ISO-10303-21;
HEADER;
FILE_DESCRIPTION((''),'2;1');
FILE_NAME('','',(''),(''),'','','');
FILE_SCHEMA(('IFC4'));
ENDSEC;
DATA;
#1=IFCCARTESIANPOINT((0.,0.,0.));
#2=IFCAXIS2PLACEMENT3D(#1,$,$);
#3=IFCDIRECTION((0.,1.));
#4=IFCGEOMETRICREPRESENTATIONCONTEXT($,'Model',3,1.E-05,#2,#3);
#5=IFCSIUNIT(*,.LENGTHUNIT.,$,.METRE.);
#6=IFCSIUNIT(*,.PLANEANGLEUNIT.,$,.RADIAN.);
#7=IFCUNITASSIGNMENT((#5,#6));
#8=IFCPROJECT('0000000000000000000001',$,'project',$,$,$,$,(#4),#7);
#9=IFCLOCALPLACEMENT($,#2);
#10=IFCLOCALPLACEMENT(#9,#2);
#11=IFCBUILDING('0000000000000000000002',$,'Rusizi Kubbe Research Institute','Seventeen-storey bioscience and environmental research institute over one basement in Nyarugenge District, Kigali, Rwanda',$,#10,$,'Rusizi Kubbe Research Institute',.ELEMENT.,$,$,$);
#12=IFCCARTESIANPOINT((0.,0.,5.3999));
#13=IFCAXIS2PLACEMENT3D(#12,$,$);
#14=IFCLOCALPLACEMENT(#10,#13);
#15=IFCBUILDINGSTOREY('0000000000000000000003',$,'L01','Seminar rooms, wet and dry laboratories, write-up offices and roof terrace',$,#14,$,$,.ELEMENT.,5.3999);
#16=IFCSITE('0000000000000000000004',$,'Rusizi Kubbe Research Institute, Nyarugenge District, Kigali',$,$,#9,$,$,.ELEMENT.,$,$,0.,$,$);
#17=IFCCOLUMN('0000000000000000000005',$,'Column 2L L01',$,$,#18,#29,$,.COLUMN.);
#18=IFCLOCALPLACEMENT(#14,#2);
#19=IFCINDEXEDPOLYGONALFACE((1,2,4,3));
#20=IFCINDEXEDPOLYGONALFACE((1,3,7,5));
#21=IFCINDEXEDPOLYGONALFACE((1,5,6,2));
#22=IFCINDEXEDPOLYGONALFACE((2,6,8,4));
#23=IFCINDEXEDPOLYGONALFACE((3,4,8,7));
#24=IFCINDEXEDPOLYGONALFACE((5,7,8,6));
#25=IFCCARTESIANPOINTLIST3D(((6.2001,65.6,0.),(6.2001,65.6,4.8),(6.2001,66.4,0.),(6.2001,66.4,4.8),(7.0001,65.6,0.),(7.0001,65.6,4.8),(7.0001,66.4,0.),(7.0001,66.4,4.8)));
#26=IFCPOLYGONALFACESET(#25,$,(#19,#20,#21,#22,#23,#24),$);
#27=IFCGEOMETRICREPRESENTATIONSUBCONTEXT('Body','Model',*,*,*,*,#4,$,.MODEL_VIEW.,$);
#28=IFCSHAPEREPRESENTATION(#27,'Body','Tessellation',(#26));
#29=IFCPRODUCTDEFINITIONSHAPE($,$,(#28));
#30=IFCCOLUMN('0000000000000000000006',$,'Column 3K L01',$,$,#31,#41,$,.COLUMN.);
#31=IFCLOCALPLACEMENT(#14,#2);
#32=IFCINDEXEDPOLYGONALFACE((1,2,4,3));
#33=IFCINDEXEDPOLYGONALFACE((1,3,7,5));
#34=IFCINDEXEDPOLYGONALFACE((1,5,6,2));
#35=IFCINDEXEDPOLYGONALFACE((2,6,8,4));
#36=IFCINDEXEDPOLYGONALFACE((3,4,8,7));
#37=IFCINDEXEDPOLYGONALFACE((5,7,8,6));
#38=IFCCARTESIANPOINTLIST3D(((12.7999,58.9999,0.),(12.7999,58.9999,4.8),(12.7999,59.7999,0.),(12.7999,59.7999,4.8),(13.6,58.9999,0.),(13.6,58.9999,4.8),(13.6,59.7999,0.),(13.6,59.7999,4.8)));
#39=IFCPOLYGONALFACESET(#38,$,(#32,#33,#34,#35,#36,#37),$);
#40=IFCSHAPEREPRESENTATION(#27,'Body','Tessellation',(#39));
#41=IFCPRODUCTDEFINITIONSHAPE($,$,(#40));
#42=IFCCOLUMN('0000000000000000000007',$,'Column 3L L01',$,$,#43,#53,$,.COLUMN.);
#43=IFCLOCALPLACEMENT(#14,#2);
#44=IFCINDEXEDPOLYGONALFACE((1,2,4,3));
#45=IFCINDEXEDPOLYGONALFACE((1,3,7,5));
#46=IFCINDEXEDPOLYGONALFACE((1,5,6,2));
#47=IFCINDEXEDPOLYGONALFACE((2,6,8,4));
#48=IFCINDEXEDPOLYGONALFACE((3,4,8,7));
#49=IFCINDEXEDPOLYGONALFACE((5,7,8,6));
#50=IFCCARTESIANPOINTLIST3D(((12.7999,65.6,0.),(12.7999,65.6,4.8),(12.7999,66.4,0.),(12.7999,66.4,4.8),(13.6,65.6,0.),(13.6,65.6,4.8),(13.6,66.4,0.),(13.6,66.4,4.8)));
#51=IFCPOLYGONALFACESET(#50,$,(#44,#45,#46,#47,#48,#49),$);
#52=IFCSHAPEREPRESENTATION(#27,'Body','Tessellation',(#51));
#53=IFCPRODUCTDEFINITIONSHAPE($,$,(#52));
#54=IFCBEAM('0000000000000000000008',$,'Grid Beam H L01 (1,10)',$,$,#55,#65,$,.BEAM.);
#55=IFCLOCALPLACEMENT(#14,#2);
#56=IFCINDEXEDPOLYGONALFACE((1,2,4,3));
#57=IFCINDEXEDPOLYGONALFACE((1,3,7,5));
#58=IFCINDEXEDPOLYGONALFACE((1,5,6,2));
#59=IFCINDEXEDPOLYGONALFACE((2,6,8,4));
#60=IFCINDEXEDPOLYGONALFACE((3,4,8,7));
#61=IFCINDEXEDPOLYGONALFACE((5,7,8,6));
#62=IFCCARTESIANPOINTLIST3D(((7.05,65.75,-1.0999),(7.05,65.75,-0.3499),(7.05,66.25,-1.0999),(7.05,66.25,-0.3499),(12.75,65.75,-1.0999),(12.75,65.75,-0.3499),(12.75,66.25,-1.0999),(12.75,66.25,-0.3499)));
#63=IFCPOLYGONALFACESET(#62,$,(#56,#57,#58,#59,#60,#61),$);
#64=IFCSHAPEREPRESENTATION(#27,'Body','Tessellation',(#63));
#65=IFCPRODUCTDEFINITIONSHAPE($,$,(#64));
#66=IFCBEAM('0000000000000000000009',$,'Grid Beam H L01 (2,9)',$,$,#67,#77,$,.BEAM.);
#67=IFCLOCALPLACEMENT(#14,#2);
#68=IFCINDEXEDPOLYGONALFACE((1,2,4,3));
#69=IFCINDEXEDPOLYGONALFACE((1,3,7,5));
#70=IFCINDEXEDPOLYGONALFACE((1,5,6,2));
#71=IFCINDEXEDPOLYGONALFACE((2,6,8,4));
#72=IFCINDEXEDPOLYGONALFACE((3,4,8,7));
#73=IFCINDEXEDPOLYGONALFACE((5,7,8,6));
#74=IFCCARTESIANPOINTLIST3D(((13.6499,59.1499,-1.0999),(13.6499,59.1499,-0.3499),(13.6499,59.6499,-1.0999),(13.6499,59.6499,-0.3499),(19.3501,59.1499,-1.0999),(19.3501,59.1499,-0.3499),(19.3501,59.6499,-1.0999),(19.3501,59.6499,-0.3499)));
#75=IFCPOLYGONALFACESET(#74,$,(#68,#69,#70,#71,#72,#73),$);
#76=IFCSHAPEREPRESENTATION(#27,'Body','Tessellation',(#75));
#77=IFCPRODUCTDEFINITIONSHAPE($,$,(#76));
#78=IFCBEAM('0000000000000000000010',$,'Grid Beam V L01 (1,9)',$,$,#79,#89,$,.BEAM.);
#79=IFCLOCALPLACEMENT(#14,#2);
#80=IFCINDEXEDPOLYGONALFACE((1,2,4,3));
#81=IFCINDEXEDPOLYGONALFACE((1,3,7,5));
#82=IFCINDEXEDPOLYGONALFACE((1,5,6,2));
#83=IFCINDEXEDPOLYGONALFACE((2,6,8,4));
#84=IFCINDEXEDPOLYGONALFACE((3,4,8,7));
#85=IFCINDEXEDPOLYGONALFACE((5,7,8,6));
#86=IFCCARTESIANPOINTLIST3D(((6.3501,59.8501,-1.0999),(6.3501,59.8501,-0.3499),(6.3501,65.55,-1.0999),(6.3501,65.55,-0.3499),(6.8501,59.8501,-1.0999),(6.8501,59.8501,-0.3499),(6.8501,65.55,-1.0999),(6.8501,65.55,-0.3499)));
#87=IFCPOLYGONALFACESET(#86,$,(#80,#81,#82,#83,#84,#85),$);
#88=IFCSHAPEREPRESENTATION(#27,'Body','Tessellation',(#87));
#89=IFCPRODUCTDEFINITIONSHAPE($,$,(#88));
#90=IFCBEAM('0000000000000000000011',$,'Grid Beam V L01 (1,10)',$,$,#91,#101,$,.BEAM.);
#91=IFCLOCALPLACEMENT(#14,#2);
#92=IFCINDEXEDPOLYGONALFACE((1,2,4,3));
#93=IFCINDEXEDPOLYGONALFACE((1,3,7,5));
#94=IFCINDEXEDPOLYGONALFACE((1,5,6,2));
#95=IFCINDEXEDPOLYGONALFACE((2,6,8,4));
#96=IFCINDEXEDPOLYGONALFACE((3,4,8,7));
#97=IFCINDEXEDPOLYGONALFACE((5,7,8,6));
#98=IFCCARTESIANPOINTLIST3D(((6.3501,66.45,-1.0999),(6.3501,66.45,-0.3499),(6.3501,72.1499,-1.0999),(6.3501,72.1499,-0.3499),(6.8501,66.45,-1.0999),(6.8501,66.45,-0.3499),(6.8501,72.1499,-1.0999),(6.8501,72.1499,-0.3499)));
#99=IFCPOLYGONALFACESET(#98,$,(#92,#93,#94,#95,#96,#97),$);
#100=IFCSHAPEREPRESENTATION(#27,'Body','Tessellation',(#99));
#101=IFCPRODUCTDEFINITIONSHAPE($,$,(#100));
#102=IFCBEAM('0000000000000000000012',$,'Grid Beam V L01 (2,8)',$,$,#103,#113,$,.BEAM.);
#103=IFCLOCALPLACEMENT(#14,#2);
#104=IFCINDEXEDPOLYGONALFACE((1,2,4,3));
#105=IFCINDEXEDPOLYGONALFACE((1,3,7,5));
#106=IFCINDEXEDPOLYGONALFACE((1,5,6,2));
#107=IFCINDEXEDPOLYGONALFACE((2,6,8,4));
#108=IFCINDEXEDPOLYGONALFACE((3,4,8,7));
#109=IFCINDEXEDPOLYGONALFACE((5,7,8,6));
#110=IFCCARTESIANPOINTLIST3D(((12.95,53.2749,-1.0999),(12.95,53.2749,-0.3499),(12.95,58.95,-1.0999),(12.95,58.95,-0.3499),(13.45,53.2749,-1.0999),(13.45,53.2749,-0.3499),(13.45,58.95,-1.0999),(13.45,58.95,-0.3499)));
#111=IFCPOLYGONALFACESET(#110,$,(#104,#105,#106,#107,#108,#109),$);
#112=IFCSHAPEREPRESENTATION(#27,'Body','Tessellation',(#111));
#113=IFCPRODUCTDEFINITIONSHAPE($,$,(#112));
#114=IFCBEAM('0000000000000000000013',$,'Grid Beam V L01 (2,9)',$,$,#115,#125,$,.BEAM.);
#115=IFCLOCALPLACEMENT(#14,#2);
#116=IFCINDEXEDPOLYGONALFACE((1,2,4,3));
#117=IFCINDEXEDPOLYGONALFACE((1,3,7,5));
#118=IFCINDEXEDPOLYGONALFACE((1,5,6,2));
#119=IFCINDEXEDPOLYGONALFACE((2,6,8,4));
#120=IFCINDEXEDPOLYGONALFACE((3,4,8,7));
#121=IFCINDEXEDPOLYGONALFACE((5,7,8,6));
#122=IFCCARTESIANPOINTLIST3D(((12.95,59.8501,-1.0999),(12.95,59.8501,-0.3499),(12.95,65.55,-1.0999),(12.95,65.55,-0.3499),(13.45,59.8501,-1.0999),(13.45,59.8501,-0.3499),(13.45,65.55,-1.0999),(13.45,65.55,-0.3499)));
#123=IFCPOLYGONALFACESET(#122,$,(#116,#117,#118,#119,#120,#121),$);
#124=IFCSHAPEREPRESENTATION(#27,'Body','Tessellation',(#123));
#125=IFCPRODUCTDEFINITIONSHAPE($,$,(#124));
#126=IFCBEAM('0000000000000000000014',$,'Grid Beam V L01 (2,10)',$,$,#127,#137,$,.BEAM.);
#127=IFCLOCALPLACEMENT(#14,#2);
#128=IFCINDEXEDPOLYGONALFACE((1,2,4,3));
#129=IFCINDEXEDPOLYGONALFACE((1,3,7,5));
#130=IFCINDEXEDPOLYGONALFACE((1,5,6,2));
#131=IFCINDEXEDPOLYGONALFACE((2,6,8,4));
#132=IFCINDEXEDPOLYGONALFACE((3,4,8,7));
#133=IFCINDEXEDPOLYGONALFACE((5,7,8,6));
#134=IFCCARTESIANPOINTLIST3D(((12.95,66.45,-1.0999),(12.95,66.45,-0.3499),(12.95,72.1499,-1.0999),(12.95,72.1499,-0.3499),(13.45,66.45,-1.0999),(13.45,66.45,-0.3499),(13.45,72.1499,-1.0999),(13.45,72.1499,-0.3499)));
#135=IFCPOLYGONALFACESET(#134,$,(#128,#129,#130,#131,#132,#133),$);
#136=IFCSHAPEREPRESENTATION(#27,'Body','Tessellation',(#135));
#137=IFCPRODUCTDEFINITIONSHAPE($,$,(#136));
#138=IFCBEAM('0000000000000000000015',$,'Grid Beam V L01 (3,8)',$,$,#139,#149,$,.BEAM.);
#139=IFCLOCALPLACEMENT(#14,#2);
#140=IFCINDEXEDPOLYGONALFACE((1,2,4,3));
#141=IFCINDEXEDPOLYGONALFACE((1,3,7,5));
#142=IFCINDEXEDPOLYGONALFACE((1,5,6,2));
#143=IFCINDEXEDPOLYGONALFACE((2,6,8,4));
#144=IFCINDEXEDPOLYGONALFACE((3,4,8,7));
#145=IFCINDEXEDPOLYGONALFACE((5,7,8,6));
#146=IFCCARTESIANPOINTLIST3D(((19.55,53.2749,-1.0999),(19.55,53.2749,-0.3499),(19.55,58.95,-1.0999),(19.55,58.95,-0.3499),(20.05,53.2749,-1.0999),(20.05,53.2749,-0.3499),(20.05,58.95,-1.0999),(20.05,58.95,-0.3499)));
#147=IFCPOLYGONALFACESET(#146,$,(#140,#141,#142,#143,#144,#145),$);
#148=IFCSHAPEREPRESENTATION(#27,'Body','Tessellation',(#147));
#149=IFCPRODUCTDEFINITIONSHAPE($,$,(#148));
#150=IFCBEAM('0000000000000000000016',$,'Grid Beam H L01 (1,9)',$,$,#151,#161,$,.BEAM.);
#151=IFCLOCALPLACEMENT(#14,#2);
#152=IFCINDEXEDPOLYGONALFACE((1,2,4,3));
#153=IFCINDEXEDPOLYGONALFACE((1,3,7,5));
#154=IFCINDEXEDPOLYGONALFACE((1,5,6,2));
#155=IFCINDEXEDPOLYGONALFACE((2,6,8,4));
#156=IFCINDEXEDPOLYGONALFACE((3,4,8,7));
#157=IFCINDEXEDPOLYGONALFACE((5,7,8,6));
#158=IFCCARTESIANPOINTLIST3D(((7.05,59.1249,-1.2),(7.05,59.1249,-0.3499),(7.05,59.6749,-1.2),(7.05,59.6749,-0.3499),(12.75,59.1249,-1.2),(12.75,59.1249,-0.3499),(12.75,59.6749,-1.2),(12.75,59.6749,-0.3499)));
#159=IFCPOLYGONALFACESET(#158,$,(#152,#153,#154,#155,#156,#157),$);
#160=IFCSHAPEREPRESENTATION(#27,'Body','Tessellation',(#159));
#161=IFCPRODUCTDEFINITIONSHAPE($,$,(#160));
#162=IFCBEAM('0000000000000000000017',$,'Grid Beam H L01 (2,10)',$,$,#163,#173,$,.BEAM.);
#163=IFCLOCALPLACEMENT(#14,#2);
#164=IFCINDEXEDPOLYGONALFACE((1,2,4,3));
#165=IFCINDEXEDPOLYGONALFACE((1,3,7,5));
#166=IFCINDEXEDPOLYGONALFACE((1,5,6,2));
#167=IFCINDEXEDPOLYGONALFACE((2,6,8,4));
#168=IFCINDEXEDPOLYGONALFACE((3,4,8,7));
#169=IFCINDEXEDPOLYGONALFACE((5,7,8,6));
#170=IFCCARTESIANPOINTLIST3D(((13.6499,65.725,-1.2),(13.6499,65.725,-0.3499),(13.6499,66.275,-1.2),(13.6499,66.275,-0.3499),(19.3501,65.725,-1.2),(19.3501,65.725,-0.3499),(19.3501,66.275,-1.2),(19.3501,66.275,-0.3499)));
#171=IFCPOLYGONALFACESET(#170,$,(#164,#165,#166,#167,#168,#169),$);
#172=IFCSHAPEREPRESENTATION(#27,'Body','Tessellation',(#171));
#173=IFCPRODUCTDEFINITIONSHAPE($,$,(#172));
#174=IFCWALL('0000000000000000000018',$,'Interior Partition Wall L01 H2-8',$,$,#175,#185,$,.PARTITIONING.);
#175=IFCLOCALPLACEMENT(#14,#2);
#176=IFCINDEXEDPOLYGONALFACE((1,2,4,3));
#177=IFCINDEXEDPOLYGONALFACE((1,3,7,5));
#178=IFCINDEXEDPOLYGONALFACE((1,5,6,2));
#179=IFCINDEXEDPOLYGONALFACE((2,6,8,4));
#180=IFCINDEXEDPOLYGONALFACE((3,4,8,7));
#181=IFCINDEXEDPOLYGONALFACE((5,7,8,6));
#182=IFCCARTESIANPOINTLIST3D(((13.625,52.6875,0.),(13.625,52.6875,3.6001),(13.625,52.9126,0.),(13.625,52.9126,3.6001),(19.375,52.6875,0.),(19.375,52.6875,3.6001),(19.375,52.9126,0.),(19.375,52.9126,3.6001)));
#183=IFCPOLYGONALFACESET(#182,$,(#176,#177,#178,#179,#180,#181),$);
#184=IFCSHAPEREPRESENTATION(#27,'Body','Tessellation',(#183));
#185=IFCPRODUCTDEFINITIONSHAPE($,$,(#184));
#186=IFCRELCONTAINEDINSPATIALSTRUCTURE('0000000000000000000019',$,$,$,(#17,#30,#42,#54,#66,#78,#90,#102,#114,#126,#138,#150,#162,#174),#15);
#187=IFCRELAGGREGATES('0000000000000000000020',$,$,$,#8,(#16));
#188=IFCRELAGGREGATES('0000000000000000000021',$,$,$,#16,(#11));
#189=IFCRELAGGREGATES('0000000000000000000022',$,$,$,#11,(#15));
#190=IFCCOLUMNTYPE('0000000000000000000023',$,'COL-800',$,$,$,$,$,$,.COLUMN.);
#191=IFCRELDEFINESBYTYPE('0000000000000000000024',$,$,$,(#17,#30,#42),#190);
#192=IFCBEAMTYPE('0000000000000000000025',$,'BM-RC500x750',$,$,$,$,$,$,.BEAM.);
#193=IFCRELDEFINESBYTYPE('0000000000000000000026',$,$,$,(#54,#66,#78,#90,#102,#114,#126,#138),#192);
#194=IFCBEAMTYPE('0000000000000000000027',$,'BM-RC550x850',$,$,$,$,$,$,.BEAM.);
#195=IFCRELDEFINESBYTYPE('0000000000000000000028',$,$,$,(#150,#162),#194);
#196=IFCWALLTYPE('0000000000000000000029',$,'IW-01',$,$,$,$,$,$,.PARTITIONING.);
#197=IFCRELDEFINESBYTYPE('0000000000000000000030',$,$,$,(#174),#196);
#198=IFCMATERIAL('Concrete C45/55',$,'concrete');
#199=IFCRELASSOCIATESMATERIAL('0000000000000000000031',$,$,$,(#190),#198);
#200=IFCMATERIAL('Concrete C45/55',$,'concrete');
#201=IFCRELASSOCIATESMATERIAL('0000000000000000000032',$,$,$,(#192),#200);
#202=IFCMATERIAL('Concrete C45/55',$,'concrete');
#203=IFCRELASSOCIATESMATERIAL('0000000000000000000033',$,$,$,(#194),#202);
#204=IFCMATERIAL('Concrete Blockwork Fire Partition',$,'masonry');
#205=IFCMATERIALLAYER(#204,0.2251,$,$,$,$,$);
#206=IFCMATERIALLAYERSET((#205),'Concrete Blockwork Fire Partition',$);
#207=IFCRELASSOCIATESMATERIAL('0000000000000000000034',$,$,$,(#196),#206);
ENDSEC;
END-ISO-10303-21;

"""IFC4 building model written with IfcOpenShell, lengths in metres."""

from ifc_helpers import new_model, si_unit, direction, frame, frame_2d, origin, origin_2d, place, context, subcontext, project, spatial, rectangle, extrude, material, layer, layer_set, material_profile, profile_set, type_object, element, save


model = new_model("IFC4")

# Units and contexts
model_context = context("Model", 3, precision=1e-05, world=origin(), true_north=direction((0.0, 1.0)))
body_context = subcontext(model_context, "Body", "Model", "MODEL_VIEW")
ifc_project = project(units=[si_unit("LENGTHUNIT", "METRE"), si_unit("PLANEANGLEUNIT", "RADIAN")], contexts=[model_context])

# Site, building, storey
site_placement = place(None, origin())
site = spatial("IfcSite", under=ifc_project, at=site_placement, Name="Rusizi Kubbe Research Institute, Nyarugenge District, Kigali", CompositionType="ELEMENT", RefElevation=0.0)
building_placement = place(site_placement, origin())
building = spatial("IfcBuilding", under=site, at=building_placement, Name="Rusizi Kubbe Research Institute", Description="Seventeen-storey bioscience and environmental research institute over one basement in Nyarugenge District, Kigali, Rwanda", LongName="Rusizi Kubbe Research Institute", CompositionType="ELEMENT")
storey_placement = place(building_placement, frame((0.0, 0.0, 5.3999)))
storey = spatial("IfcBuildingStorey", under=building, at=storey_placement, Name="L01", Description="Seminar rooms, wet and dry laboratories, write-up offices and roof terrace", CompositionType="ELEMENT", Elevation=5.3999)

# Columns
ifc_material_1 = material(Name="Concrete C45/55", Category="concrete")
ifc_material_profile_1 = material_profile(ifc_material_1, rectangle(XDim=0.8, YDim=0.8, at=origin_2d()), Name="RC800x800")
ifc_profile_set_1 = profile_set([ifc_material_profile_1], Name="Concrete C45/55")
column_type = type_object("IfcColumnType", Name="COL-800", PredefinedType="COLUMN", material=ifc_profile_set_1)
for number, where, z_axis, x_axis, name in (
    (1, (6.6001, 66.0, 0.0), (0.0, 0.0, 1.0), (1.0, 0.0, 0.0), "Column 2L L01"),
    (2, (13.2, 59.3999, 0.0), (0.0, 0.0, 1.0), (1.0, 0.0, 0.0), "Column 3K L01"),
    (3, (13.2, 66.0, 0.0), (0.0, 0.0, 1.0), (1.0, 0.0, 0.0), "Column 3L L01"),
):
    element("IfcColumn", number, at=place(storey_placement, frame(where, z_axis=z_axis, x_axis=x_axis)), inside=storey, type_object=column_type, Name=name, PredefinedType="COLUMN", context=body_context, shape_type="SweptSolid", body=[
        extrude(rectangle(XDim=0.8, YDim=0.8, at=origin_2d()), origin(), (0.0, 0.0, 1.0), 4.8),
    ])

# Beams
ifc_material_2 = material(Name="Concrete C45/55", Category="concrete")
ifc_material_profile_2 = material_profile(ifc_material_2, rectangle(XDim=0.5, YDim=0.75, at=origin_2d()), Name="RC500x750B")
ifc_profile_set_2 = profile_set([ifc_material_profile_2], Name="Concrete C45/55")
beam_type_1 = type_object("IfcBeamType", Name="BM-RC500x750", PredefinedType="BEAM", material=ifc_profile_set_2)
beam_1_placement = place(storey_placement, frame((7.05, 66.0, -0.7249), z_axis=(1.0, 0.0, 0.0), x_axis=(0.0, 1.0, 0.0)))
element("IfcBeam", 4, at=beam_1_placement, inside=storey, type_object=beam_type_1, Name="Grid Beam H L01 (1,10)", PredefinedType="BEAM", context=body_context, shape_type="SweptSolid", body=[
    extrude(rectangle(XDim=0.5, YDim=0.75, at=origin_2d()), origin(), (0.0, 0.0, 1.0), 5.7),
])
beam_2_placement = place(storey_placement, frame((13.6499, 59.3999, -0.7249), z_axis=(1.0, 0.0, 0.0), x_axis=(0.0, 1.0, 0.0)))
element("IfcBeam", 5, at=beam_2_placement, inside=storey, type_object=beam_type_1, Name="Grid Beam H L01 (2,9)", PredefinedType="BEAM", context=body_context, shape_type="SweptSolid", body=[
    extrude(rectangle(XDim=0.5, YDim=0.75, at=origin_2d()), origin(), (0.0, 0.0, 1.0), 5.7002),
])
for number, where, z_axis, x_axis, name in (
    (6, (6.6001, 59.8501, -0.7249), (0.0, 1.0, 0.0), (-1.0, 0.0, 0.0), "Grid Beam V L01 (1,9)"),
    (7, (6.6001, 66.45, -0.7249), (0.0, 1.0, 0.0), (-1.0, 0.0, 0.0), "Grid Beam V L01 (1,10)"),
):
    element("IfcBeam", number, at=place(storey_placement, frame(where, z_axis=z_axis, x_axis=x_axis)), inside=storey, type_object=beam_type_1, Name=name, PredefinedType="BEAM", context=body_context, shape_type="SweptSolid", body=[
        extrude(rectangle(XDim=0.5, YDim=0.75, at=origin_2d()), origin(), (0.0, 0.0, 1.0), 5.7),
    ])
beam_3_placement = place(storey_placement, frame((13.2, 53.2749, -0.7249), z_axis=(0.0, 1.0, 0.0), x_axis=(-1.0, 0.0, 0.0)))
element("IfcBeam", 8, at=beam_3_placement, inside=storey, type_object=beam_type_1, Name="Grid Beam V L01 (2,8)", PredefinedType="BEAM", context=body_context, shape_type="SweptSolid", body=[
    extrude(rectangle(XDim=0.5, YDim=0.75, at=origin_2d()), origin(), (0.0, 0.0, 1.0), 5.675),
])
for number, where, z_axis, x_axis, name in (
    (9, (13.2, 59.8501, -0.7249), (0.0, 1.0, 0.0), (-1.0, 0.0, 0.0), "Grid Beam V L01 (2,9)"),
    (10, (13.2, 66.45, -0.7249), (0.0, 1.0, 0.0), (-1.0, 0.0, 0.0), "Grid Beam V L01 (2,10)"),
):
    element("IfcBeam", number, at=place(storey_placement, frame(where, z_axis=z_axis, x_axis=x_axis)), inside=storey, type_object=beam_type_1, Name=name, PredefinedType="BEAM", context=body_context, shape_type="SweptSolid", body=[
        extrude(rectangle(XDim=0.5, YDim=0.75, at=origin_2d()), origin(), (0.0, 0.0, 1.0), 5.7),
    ])
beam_4_placement = place(storey_placement, frame((19.8, 53.2749, -0.7249), z_axis=(0.0, 1.0, 0.0), x_axis=(-1.0, 0.0, 0.0)))
element("IfcBeam", 11, at=beam_4_placement, inside=storey, type_object=beam_type_1, Name="Grid Beam V L01 (3,8)", PredefinedType="BEAM", context=body_context, shape_type="SweptSolid", body=[
    extrude(rectangle(XDim=0.5, YDim=0.75, at=origin_2d()), origin(), (0.0, 0.0, 1.0), 5.675),
])
ifc_material_3 = material(Name="Concrete C45/55", Category="concrete")
ifc_material_profile_3 = material_profile(ifc_material_3, rectangle(XDim=0.55, YDim=0.8501, at=origin_2d()), Name="RC550x850")
ifc_profile_set_3 = profile_set([ifc_material_profile_3], Name="Concrete C45/55")
beam_type_2 = type_object("IfcBeamType", Name="BM-RC550x850", PredefinedType="BEAM", material=ifc_profile_set_3)
beam_5_placement = place(storey_placement, frame((7.05, 59.3999, -0.7749), z_axis=(1.0, 0.0, 0.0), x_axis=(0.0, 1.0, 0.0)))
element("IfcBeam", 12, at=beam_5_placement, inside=storey, type_object=beam_type_2, Name="Grid Beam H L01 (1,9)", PredefinedType="BEAM", context=body_context, shape_type="SweptSolid", body=[
    extrude(rectangle(XDim=0.55, YDim=0.8501, at=origin_2d()), origin(), (0.0, 0.0, 1.0), 5.7),
])
beam_6_placement = place(storey_placement, frame((13.6499, 66.0, -0.7749), z_axis=(1.0, 0.0, 0.0), x_axis=(0.0, 1.0, 0.0)))
element("IfcBeam", 13, at=beam_6_placement, inside=storey, type_object=beam_type_2, Name="Grid Beam H L01 (2,10)", PredefinedType="BEAM", context=body_context, shape_type="SweptSolid", body=[
    extrude(rectangle(XDim=0.55, YDim=0.8501, at=origin_2d()), origin(), (0.0, 0.0, 1.0), 5.7002),
])

# Wall
ifc_material_4 = material(Name="Concrete Blockwork Fire Partition", Category="masonry")
ifc_layer_1 = layer(ifc_material_4, 0.2251)
ifc_layer_set_1 = layer_set([ifc_layer_1], Name="Concrete Blockwork Fire Partition")
wall_type_1 = type_object("IfcWallType", Name="IW-01", PredefinedType="PARTITIONING", material=ifc_layer_set_1)
wall_1_placement = place(storey_placement, frame((13.625, 52.8, 0.0), z_axis=(0.0, 0.0, 1.0), x_axis=(1.0, 0.0, 0.0)))
element("IfcWall", 14, at=wall_1_placement, inside=storey, type_object=wall_type_1, Name="Interior Partition Wall L01 H2-8", PredefinedType="PARTITIONING", context=body_context, shape_type="SweptSolid", body=[
    extrude(rectangle(XDim=5.75, YDim=0.2251, at=frame_2d((2.875, 0.0))), origin(), (0.0, 0.0, 1.0), 3.6001),
])

save(model, "model.ifc")
